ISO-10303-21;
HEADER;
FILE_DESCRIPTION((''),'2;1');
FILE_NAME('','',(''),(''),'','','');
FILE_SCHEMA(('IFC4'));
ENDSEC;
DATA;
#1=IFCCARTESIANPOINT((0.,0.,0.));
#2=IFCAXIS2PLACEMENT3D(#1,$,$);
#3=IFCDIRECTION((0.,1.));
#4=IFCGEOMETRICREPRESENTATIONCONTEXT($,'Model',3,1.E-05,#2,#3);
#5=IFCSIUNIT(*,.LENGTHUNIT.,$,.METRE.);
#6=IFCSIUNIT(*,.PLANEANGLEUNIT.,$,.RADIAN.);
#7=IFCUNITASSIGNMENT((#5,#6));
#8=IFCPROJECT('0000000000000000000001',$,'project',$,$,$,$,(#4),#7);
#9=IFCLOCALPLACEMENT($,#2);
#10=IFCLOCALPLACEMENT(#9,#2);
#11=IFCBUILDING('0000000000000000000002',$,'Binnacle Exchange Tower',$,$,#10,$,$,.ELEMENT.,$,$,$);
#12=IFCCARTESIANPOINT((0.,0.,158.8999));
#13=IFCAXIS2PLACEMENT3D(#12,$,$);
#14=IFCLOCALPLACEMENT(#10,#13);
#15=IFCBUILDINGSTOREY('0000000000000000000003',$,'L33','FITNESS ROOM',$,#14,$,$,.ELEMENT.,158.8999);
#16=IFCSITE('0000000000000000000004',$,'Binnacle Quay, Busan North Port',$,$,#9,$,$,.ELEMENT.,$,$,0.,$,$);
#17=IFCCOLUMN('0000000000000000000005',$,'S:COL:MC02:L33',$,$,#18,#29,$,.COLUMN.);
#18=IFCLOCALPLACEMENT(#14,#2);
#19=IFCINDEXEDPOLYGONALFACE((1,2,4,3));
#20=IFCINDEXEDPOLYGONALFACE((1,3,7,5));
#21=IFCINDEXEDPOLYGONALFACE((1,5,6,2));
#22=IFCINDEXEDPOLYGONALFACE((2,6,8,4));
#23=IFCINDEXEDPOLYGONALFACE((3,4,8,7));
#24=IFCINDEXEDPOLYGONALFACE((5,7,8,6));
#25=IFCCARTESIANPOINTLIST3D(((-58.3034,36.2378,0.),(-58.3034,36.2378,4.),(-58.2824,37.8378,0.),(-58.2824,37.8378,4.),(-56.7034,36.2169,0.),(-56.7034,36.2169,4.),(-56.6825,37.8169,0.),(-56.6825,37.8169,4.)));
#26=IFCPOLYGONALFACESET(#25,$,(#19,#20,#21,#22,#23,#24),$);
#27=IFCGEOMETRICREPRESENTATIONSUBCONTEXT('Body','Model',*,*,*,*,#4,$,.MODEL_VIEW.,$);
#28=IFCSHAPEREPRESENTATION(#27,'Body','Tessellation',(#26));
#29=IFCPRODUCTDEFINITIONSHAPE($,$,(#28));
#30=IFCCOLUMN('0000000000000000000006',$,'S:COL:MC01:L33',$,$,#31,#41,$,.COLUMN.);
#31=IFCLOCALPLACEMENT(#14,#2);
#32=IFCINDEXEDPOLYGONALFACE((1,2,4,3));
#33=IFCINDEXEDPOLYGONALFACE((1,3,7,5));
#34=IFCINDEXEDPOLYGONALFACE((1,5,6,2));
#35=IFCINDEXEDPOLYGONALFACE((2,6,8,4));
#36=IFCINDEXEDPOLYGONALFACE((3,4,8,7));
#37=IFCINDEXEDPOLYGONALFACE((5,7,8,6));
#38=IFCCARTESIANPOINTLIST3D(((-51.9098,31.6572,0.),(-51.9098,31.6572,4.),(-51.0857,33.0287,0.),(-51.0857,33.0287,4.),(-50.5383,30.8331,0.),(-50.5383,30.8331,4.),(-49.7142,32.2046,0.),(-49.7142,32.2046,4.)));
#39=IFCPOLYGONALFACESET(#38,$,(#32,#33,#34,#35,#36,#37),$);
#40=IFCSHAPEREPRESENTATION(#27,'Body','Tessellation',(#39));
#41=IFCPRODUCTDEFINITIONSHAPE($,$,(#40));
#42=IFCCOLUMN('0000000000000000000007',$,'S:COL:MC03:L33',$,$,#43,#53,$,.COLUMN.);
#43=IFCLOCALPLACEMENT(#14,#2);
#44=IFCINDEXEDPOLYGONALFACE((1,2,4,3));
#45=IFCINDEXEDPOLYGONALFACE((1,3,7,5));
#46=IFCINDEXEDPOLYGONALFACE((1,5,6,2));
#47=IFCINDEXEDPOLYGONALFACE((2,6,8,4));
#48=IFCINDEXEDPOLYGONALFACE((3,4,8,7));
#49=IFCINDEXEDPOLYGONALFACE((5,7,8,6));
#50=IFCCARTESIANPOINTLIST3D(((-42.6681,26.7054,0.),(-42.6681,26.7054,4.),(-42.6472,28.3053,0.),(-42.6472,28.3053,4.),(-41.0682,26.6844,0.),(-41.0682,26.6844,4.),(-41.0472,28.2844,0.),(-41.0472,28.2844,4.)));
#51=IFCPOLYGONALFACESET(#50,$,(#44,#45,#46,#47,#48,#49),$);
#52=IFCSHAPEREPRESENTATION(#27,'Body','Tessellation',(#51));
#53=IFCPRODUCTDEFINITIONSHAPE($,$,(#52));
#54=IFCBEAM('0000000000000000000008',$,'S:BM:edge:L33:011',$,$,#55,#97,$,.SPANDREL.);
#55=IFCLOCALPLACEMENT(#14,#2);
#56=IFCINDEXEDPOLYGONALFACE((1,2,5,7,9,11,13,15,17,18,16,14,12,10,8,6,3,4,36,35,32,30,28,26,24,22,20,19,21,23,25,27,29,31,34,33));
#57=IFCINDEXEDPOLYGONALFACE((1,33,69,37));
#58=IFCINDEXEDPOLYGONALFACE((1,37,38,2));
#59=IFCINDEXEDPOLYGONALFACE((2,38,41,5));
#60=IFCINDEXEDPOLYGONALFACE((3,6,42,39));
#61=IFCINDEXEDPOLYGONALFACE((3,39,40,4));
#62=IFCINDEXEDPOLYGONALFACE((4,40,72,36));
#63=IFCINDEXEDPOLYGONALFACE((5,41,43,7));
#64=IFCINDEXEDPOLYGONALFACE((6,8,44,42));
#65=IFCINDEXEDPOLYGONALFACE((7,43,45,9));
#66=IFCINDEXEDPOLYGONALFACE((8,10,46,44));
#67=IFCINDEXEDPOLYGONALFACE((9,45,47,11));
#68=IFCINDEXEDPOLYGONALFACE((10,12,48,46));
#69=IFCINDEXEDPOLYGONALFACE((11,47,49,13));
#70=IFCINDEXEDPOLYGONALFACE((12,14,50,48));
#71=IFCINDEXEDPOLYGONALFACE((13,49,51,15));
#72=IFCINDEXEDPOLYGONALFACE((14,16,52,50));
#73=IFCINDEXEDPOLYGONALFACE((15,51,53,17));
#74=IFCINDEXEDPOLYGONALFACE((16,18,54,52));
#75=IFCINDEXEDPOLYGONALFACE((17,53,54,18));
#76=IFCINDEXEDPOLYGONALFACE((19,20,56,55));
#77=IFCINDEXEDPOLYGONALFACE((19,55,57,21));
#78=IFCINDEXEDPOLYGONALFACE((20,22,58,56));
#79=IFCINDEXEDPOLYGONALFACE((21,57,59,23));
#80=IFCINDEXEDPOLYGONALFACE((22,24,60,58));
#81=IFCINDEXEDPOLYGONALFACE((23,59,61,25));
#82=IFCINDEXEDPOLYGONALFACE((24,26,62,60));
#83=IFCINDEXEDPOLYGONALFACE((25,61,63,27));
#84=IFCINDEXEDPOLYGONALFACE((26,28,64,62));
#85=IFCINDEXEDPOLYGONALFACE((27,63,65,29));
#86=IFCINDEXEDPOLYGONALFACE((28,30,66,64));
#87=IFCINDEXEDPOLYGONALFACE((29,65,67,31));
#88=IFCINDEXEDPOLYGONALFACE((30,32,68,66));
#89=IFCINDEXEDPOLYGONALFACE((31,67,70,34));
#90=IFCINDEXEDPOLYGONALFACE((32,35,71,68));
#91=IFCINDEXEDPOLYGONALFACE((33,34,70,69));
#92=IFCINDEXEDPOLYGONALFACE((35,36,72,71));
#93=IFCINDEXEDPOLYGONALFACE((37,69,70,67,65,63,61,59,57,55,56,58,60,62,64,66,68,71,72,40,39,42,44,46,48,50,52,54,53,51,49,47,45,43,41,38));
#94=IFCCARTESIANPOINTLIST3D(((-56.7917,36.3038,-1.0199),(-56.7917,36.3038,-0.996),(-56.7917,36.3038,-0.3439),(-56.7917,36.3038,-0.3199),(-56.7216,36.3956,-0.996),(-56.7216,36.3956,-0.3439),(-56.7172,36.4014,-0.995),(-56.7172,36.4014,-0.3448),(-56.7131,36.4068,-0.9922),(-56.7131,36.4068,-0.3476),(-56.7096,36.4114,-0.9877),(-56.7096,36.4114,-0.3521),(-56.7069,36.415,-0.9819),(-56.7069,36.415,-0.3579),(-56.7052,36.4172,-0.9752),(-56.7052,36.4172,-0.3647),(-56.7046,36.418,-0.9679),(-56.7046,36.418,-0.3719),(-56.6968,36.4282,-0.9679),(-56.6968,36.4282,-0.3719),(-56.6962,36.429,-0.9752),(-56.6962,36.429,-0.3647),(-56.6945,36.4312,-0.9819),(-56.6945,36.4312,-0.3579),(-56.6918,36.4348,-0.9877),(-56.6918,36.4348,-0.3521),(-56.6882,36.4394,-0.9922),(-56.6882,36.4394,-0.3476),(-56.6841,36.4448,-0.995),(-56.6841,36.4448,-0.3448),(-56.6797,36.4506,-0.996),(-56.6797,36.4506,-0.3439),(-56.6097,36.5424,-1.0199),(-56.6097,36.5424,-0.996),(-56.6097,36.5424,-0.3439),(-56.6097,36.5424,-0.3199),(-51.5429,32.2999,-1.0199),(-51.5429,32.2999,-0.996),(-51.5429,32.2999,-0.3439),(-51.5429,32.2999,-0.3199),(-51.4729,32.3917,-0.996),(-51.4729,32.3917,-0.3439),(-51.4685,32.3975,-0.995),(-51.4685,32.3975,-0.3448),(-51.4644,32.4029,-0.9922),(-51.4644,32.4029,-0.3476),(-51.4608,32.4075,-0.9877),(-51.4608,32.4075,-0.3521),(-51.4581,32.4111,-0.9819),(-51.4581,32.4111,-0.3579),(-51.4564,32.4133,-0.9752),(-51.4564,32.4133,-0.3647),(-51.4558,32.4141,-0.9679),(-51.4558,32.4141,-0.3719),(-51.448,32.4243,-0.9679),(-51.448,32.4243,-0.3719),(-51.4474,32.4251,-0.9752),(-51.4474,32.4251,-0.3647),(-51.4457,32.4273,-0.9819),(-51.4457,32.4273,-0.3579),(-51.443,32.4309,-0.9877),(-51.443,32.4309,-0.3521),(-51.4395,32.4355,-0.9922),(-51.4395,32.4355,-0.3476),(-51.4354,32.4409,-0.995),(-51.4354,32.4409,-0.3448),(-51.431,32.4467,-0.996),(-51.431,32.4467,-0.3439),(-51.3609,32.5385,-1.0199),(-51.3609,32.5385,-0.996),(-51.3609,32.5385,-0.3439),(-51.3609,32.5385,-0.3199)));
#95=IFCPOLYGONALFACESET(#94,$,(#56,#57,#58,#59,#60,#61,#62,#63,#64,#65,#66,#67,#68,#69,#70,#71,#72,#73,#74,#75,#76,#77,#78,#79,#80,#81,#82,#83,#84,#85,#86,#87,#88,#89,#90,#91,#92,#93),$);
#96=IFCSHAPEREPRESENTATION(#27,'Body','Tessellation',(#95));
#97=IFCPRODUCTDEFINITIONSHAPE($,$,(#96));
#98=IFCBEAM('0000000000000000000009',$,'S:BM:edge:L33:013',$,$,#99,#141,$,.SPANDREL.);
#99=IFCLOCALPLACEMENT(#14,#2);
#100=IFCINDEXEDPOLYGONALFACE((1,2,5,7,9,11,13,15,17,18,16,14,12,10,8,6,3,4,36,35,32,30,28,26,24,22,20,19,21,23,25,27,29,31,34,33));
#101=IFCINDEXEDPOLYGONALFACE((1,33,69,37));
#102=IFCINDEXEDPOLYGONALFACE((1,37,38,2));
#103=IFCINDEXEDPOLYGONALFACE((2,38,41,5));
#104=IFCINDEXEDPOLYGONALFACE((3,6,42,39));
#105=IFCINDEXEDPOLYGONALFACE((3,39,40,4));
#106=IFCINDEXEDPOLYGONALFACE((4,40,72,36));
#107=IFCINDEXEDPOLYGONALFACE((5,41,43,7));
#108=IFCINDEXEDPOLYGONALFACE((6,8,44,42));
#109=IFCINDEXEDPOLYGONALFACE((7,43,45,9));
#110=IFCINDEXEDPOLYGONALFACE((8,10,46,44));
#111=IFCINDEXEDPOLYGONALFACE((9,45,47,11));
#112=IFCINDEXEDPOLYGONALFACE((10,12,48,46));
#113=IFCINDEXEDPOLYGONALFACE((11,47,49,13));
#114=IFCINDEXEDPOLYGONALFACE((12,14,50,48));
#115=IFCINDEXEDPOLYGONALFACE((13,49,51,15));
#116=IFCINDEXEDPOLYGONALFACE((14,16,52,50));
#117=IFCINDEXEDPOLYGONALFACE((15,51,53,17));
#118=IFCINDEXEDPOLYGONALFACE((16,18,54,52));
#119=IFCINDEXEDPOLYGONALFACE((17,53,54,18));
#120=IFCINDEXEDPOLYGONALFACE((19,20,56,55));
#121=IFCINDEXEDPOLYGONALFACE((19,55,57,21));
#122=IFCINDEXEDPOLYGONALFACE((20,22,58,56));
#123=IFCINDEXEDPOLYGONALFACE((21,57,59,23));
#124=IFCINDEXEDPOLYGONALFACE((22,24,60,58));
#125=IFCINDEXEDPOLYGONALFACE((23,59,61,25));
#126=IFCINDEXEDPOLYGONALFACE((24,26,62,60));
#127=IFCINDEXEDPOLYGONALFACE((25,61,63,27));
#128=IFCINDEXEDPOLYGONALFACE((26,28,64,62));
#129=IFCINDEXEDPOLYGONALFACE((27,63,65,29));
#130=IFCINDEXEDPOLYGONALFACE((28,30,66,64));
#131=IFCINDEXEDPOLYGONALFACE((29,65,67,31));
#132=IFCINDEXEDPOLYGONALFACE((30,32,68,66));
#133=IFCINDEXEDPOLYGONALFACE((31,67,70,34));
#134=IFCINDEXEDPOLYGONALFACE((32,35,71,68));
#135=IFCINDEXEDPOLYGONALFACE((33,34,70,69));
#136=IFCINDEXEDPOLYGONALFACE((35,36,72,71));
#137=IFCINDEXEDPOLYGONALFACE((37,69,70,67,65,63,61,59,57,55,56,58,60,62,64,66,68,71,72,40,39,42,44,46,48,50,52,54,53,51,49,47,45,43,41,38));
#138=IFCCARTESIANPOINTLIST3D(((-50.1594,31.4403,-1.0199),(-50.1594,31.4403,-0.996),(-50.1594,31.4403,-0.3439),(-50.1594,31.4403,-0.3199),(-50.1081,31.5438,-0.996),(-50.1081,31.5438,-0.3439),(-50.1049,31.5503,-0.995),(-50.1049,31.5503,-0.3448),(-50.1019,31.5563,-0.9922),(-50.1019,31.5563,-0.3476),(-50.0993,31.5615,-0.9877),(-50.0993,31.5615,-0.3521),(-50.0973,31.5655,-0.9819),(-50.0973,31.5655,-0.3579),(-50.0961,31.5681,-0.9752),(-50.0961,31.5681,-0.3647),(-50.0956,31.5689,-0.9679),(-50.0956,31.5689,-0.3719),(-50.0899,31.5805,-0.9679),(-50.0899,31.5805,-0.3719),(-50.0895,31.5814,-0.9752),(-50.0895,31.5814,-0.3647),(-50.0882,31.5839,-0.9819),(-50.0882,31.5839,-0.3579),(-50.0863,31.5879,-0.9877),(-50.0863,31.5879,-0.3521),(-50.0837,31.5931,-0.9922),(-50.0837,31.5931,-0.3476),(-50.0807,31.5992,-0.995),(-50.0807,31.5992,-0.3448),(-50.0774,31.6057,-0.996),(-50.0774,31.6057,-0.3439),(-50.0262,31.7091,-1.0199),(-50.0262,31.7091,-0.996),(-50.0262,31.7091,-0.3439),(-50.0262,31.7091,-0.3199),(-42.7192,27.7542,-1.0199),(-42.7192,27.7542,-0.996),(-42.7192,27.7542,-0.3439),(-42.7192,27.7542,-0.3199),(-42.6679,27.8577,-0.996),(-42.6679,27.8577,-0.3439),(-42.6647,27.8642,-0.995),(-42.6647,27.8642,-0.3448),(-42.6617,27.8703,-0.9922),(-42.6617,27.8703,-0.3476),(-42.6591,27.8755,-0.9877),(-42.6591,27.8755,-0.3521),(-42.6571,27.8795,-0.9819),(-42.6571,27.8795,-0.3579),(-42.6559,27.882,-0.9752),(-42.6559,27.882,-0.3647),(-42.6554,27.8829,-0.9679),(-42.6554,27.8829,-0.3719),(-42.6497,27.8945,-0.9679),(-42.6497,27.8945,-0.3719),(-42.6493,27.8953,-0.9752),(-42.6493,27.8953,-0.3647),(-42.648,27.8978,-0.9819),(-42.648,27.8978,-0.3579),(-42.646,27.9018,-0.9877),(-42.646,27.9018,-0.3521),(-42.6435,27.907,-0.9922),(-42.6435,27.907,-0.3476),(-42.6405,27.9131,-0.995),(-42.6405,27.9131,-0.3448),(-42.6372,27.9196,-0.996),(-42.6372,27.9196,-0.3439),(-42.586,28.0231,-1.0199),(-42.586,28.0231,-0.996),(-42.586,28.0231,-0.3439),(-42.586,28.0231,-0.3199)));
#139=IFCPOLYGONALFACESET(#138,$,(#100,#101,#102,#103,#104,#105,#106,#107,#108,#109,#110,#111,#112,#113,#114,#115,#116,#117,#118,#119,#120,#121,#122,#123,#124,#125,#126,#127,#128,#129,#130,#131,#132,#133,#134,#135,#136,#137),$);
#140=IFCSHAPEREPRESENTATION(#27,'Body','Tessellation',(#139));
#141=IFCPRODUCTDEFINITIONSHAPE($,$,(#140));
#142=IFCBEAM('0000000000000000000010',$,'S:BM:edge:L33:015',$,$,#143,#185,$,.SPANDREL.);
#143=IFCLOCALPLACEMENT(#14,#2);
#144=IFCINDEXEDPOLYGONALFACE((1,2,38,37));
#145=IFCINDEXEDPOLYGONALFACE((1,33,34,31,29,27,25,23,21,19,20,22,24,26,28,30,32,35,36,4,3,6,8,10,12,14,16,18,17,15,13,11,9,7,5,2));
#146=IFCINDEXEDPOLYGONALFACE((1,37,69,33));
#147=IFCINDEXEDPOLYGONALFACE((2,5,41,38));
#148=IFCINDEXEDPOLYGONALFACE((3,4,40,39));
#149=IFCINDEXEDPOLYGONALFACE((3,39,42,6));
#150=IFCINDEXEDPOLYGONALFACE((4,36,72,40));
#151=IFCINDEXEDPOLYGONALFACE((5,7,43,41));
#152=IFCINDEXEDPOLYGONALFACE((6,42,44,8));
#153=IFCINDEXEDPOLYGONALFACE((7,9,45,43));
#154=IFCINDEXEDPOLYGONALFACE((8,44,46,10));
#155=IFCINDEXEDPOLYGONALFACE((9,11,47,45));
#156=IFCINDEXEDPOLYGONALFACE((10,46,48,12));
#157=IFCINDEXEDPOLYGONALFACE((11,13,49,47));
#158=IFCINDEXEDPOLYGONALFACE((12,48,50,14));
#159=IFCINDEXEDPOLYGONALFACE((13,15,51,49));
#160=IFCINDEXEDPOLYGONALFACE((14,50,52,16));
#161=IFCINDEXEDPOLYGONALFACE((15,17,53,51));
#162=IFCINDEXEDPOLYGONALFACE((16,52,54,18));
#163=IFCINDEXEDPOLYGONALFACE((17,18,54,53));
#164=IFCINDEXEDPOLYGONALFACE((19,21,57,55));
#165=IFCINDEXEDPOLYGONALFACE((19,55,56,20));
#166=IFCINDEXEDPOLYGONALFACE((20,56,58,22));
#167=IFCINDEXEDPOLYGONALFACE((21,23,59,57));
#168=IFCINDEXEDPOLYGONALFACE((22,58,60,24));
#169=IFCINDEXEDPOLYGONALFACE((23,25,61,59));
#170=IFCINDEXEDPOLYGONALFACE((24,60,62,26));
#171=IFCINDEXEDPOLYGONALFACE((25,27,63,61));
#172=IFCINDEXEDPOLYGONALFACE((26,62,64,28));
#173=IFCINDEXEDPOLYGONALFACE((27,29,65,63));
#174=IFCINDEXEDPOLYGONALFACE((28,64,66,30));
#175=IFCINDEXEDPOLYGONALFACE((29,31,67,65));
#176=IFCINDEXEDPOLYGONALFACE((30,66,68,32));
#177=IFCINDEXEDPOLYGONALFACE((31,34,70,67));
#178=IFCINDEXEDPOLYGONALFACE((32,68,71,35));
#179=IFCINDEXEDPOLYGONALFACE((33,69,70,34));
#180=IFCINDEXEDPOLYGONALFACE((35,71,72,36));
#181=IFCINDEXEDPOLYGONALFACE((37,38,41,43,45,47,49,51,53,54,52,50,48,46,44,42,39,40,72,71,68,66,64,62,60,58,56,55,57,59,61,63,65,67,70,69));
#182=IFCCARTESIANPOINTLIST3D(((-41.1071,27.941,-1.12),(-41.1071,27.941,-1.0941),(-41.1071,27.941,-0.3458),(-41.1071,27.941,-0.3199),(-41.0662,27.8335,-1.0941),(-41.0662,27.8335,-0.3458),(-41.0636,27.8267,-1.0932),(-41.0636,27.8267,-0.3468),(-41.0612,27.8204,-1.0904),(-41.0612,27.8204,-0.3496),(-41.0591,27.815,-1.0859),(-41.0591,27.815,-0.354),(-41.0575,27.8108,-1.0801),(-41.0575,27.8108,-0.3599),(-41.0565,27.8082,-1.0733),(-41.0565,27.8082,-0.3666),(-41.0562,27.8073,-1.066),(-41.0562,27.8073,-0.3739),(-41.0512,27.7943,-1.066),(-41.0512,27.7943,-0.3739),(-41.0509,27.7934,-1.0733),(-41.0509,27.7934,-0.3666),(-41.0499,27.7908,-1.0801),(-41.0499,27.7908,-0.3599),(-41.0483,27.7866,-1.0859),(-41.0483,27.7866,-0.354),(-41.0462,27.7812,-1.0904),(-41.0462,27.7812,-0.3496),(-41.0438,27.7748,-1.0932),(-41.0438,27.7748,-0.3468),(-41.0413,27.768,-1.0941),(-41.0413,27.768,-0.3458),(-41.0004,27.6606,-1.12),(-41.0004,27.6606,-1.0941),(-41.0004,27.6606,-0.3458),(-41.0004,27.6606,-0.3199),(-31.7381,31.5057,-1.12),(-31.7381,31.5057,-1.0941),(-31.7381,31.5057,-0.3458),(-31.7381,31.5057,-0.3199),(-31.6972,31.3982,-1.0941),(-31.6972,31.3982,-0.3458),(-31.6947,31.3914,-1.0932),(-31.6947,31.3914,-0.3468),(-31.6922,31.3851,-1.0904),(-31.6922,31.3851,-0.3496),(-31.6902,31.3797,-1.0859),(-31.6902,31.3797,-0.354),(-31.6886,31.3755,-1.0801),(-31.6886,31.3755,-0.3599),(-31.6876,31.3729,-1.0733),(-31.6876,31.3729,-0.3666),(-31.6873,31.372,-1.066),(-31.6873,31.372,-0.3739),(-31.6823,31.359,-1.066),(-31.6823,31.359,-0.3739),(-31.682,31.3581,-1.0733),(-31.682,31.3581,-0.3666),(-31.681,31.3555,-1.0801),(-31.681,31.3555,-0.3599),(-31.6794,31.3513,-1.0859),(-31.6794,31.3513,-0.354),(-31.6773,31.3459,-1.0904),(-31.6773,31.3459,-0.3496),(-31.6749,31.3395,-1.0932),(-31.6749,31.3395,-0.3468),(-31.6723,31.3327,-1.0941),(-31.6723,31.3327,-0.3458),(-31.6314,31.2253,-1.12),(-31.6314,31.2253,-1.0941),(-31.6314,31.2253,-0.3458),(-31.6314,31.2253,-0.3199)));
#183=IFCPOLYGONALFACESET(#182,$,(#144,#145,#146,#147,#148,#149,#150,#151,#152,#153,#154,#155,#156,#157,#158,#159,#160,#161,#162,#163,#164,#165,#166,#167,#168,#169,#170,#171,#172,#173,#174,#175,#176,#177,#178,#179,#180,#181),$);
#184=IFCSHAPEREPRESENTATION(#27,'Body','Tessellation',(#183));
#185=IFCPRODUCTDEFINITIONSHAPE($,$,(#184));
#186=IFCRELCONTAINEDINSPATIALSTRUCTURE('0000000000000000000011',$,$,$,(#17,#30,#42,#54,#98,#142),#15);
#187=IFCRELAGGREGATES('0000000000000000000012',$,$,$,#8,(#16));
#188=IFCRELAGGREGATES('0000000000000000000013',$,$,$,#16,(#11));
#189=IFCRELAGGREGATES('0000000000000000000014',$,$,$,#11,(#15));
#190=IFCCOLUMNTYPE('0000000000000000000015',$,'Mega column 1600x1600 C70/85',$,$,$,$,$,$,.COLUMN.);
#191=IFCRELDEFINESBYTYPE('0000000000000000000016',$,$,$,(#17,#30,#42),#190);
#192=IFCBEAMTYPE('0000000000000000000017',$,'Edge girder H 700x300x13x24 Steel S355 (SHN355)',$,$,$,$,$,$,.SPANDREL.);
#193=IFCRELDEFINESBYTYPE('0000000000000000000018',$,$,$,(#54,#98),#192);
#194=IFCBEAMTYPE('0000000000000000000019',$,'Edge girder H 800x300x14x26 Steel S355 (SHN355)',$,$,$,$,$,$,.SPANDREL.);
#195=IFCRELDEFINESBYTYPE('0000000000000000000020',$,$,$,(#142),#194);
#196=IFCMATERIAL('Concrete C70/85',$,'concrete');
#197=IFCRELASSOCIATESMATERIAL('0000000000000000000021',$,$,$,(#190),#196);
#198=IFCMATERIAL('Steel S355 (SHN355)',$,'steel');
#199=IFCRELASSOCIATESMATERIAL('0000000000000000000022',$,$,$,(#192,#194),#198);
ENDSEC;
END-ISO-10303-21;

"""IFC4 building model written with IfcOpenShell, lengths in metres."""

from ifc_helpers import new_model, si_unit, direction, frame, origin, origin_2d, place, context, subcontext, project, spatial, rectangle, i_section, extrude, material, material_profile, profile_set, type_object, element, save


model = new_model("IFC4")

# Units and contexts
model_context = context("Model", 3, precision=1e-05, world=origin(), true_north=direction((0.0, 1.0)))
body_context = subcontext(model_context, "Body", "Model", "MODEL_VIEW")
ifc_project = project(units=[si_unit("LENGTHUNIT", "METRE"), si_unit("PLANEANGLEUNIT", "RADIAN")], contexts=[model_context])

# Site, building, storey
site_placement = place(None, origin())
site = spatial("IfcSite", under=ifc_project, at=site_placement, Name="Binnacle Quay, Busan North Port", CompositionType="ELEMENT", RefElevation=0.0)
building_placement = place(site_placement, origin())
building = spatial("IfcBuilding", under=site, at=building_placement, Name="Binnacle Exchange Tower", CompositionType="ELEMENT")
storey_placement = place(building_placement, frame((0.0, 0.0, 158.8999)))
storey = spatial("IfcBuildingStorey", under=building, at=storey_placement, Name="L33", Description="FITNESS ROOM", CompositionType="ELEMENT", Elevation=158.8999)

# Columns
ifc_material_1 = material(Name="Concrete C70/85", Category="concrete")
ifc_material_profile_1 = material_profile(ifc_material_1, rectangle(XDim=1.6001, YDim=1.6001, at=origin_2d()), Name="Mega column 1600x1600 C70/85")
ifc_profile_set_1 = profile_set([ifc_material_profile_1], Name="Concrete C70/85")
column_type = type_object("IfcColumnType", Name="Mega column 1600x1600 C70/85", PredefinedType="COLUMN", material=ifc_profile_set_1)
for number, where, z_axis, x_axis, name in (
    (1, (-57.4929, 37.0273, 0.0), (0.0, 0.0, 1.0), (-0.01309, -0.999914, 0.0), "S:COL:MC02:L33"),
    (2, (-50.812, 31.9309, 0.0), (0.0, 0.0, 1.0), (0.857167, -0.515038, 0.0), "S:COL:MC01:L33"),
    (3, (-41.8577, 27.4949, 0.0), (0.0, 0.0, 1.0), (0.999914, -0.01309, 0.0), "S:COL:MC03:L33"),
):
    element("IfcColumn", number, at=place(storey_placement, frame(where, z_axis=z_axis, x_axis=x_axis)), inside=storey, type_object=column_type, Name=name, PredefinedType="COLUMN", context=body_context, shape_type="SweptSolid", body=[
        extrude(rectangle(XDim=1.6001, YDim=1.6001, at=origin_2d()), origin(), (0.0, 0.0, 1.0), 4.0),
    ])

# Beams
ifc_material_2 = material(Name="Steel S355 (SHN355)", Category="steel")
ifc_material_profile_2 = material_profile(ifc_material_2, i_section(OverallWidth=0.3, OverallDepth=0.7, WebThickness=0.0129, FlangeThickness=0.0239, FilletRadius=0.0281, at=origin_2d()), Name="H 700x300x13x24")
ifc_profile_set_2 = profile_set([ifc_material_profile_2], Name="Steel S355 (SHN355)")
beam_type_1 = type_object("IfcBeamType", Name="Edge girder H 700x300x13x24 Steel S355 (SHN355)", PredefinedType="SPANDREL", material=ifc_profile_set_2)
beam_1_placement = place(storey_placement, frame((-56.7007, 36.4231, -0.6699), z_axis=(0.795078, -0.606507, 0.0), x_axis=(0.606507, 0.795078, 0.0)))
element("IfcBeam", 4, at=beam_1_placement, inside=storey, type_object=beam_type_1, Name="S:BM:edge:L33:011", PredefinedType="SPANDREL", context=body_context, shape_type="SweptSolid", body=[
    extrude(i_section(OverallWidth=0.3, OverallDepth=0.7, WebThickness=0.0129, FlangeThickness=0.0239, FilletRadius=0.0281, at=origin_2d()), origin(), (0.0, 0.0, 1.0), 6.6016),
])
beam_2_placement = place(storey_placement, frame((-50.0928, 31.5747, -0.6699), z_axis=(0.896062, -0.443929, 0.0), x_axis=(0.443929, 0.896062, 0.0)))
element("IfcBeam", 5, at=beam_2_placement, inside=storey, type_object=beam_type_1, Name="S:BM:edge:L33:013", PredefinedType="SPANDREL", context=body_context, shape_type="SweptSolid", body=[
    extrude(i_section(OverallWidth=0.3, OverallDepth=0.7, WebThickness=0.0129, FlangeThickness=0.0239, FilletRadius=0.0281, at=origin_2d()), origin(), (0.0, 0.0, 1.0), 8.3032),
])
ifc_material_profile_3 = material_profile(ifc_material_2, i_section(OverallWidth=0.3, OverallDepth=0.8, WebThickness=0.0139, FlangeThickness=0.0259, FilletRadius=0.0281, at=origin_2d()), Name="H 800x300x14x26")
ifc_profile_set_3 = profile_set([ifc_material_profile_3], Name="Steel S355 (SHN355)")
beam_type_2 = type_object("IfcBeamType", Name="Edge girder H 800x300x14x26 Steel S355 (SHN355)", PredefinedType="SPANDREL", material=ifc_profile_set_3)
beam_3_placement = place(storey_placement, frame((-41.0537, 27.8008, -0.72), z_axis=(0.934634, 0.355611, 0.0), x_axis=(-0.355611, 0.934634, 0.0)))
element("IfcBeam", 6, at=beam_3_placement, inside=storey, type_object=beam_type_2, Name="S:BM:edge:L33:015", PredefinedType="SPANDREL", context=body_context, shape_type="SweptSolid", body=[
    extrude(i_section(OverallWidth=0.3, OverallDepth=0.8, WebThickness=0.0139, FlangeThickness=0.0259, FilletRadius=0.0281, at=origin_2d()), origin(), (0.0, 0.0, 1.0), 10.0242),
])

save(model, "model.ifc")
